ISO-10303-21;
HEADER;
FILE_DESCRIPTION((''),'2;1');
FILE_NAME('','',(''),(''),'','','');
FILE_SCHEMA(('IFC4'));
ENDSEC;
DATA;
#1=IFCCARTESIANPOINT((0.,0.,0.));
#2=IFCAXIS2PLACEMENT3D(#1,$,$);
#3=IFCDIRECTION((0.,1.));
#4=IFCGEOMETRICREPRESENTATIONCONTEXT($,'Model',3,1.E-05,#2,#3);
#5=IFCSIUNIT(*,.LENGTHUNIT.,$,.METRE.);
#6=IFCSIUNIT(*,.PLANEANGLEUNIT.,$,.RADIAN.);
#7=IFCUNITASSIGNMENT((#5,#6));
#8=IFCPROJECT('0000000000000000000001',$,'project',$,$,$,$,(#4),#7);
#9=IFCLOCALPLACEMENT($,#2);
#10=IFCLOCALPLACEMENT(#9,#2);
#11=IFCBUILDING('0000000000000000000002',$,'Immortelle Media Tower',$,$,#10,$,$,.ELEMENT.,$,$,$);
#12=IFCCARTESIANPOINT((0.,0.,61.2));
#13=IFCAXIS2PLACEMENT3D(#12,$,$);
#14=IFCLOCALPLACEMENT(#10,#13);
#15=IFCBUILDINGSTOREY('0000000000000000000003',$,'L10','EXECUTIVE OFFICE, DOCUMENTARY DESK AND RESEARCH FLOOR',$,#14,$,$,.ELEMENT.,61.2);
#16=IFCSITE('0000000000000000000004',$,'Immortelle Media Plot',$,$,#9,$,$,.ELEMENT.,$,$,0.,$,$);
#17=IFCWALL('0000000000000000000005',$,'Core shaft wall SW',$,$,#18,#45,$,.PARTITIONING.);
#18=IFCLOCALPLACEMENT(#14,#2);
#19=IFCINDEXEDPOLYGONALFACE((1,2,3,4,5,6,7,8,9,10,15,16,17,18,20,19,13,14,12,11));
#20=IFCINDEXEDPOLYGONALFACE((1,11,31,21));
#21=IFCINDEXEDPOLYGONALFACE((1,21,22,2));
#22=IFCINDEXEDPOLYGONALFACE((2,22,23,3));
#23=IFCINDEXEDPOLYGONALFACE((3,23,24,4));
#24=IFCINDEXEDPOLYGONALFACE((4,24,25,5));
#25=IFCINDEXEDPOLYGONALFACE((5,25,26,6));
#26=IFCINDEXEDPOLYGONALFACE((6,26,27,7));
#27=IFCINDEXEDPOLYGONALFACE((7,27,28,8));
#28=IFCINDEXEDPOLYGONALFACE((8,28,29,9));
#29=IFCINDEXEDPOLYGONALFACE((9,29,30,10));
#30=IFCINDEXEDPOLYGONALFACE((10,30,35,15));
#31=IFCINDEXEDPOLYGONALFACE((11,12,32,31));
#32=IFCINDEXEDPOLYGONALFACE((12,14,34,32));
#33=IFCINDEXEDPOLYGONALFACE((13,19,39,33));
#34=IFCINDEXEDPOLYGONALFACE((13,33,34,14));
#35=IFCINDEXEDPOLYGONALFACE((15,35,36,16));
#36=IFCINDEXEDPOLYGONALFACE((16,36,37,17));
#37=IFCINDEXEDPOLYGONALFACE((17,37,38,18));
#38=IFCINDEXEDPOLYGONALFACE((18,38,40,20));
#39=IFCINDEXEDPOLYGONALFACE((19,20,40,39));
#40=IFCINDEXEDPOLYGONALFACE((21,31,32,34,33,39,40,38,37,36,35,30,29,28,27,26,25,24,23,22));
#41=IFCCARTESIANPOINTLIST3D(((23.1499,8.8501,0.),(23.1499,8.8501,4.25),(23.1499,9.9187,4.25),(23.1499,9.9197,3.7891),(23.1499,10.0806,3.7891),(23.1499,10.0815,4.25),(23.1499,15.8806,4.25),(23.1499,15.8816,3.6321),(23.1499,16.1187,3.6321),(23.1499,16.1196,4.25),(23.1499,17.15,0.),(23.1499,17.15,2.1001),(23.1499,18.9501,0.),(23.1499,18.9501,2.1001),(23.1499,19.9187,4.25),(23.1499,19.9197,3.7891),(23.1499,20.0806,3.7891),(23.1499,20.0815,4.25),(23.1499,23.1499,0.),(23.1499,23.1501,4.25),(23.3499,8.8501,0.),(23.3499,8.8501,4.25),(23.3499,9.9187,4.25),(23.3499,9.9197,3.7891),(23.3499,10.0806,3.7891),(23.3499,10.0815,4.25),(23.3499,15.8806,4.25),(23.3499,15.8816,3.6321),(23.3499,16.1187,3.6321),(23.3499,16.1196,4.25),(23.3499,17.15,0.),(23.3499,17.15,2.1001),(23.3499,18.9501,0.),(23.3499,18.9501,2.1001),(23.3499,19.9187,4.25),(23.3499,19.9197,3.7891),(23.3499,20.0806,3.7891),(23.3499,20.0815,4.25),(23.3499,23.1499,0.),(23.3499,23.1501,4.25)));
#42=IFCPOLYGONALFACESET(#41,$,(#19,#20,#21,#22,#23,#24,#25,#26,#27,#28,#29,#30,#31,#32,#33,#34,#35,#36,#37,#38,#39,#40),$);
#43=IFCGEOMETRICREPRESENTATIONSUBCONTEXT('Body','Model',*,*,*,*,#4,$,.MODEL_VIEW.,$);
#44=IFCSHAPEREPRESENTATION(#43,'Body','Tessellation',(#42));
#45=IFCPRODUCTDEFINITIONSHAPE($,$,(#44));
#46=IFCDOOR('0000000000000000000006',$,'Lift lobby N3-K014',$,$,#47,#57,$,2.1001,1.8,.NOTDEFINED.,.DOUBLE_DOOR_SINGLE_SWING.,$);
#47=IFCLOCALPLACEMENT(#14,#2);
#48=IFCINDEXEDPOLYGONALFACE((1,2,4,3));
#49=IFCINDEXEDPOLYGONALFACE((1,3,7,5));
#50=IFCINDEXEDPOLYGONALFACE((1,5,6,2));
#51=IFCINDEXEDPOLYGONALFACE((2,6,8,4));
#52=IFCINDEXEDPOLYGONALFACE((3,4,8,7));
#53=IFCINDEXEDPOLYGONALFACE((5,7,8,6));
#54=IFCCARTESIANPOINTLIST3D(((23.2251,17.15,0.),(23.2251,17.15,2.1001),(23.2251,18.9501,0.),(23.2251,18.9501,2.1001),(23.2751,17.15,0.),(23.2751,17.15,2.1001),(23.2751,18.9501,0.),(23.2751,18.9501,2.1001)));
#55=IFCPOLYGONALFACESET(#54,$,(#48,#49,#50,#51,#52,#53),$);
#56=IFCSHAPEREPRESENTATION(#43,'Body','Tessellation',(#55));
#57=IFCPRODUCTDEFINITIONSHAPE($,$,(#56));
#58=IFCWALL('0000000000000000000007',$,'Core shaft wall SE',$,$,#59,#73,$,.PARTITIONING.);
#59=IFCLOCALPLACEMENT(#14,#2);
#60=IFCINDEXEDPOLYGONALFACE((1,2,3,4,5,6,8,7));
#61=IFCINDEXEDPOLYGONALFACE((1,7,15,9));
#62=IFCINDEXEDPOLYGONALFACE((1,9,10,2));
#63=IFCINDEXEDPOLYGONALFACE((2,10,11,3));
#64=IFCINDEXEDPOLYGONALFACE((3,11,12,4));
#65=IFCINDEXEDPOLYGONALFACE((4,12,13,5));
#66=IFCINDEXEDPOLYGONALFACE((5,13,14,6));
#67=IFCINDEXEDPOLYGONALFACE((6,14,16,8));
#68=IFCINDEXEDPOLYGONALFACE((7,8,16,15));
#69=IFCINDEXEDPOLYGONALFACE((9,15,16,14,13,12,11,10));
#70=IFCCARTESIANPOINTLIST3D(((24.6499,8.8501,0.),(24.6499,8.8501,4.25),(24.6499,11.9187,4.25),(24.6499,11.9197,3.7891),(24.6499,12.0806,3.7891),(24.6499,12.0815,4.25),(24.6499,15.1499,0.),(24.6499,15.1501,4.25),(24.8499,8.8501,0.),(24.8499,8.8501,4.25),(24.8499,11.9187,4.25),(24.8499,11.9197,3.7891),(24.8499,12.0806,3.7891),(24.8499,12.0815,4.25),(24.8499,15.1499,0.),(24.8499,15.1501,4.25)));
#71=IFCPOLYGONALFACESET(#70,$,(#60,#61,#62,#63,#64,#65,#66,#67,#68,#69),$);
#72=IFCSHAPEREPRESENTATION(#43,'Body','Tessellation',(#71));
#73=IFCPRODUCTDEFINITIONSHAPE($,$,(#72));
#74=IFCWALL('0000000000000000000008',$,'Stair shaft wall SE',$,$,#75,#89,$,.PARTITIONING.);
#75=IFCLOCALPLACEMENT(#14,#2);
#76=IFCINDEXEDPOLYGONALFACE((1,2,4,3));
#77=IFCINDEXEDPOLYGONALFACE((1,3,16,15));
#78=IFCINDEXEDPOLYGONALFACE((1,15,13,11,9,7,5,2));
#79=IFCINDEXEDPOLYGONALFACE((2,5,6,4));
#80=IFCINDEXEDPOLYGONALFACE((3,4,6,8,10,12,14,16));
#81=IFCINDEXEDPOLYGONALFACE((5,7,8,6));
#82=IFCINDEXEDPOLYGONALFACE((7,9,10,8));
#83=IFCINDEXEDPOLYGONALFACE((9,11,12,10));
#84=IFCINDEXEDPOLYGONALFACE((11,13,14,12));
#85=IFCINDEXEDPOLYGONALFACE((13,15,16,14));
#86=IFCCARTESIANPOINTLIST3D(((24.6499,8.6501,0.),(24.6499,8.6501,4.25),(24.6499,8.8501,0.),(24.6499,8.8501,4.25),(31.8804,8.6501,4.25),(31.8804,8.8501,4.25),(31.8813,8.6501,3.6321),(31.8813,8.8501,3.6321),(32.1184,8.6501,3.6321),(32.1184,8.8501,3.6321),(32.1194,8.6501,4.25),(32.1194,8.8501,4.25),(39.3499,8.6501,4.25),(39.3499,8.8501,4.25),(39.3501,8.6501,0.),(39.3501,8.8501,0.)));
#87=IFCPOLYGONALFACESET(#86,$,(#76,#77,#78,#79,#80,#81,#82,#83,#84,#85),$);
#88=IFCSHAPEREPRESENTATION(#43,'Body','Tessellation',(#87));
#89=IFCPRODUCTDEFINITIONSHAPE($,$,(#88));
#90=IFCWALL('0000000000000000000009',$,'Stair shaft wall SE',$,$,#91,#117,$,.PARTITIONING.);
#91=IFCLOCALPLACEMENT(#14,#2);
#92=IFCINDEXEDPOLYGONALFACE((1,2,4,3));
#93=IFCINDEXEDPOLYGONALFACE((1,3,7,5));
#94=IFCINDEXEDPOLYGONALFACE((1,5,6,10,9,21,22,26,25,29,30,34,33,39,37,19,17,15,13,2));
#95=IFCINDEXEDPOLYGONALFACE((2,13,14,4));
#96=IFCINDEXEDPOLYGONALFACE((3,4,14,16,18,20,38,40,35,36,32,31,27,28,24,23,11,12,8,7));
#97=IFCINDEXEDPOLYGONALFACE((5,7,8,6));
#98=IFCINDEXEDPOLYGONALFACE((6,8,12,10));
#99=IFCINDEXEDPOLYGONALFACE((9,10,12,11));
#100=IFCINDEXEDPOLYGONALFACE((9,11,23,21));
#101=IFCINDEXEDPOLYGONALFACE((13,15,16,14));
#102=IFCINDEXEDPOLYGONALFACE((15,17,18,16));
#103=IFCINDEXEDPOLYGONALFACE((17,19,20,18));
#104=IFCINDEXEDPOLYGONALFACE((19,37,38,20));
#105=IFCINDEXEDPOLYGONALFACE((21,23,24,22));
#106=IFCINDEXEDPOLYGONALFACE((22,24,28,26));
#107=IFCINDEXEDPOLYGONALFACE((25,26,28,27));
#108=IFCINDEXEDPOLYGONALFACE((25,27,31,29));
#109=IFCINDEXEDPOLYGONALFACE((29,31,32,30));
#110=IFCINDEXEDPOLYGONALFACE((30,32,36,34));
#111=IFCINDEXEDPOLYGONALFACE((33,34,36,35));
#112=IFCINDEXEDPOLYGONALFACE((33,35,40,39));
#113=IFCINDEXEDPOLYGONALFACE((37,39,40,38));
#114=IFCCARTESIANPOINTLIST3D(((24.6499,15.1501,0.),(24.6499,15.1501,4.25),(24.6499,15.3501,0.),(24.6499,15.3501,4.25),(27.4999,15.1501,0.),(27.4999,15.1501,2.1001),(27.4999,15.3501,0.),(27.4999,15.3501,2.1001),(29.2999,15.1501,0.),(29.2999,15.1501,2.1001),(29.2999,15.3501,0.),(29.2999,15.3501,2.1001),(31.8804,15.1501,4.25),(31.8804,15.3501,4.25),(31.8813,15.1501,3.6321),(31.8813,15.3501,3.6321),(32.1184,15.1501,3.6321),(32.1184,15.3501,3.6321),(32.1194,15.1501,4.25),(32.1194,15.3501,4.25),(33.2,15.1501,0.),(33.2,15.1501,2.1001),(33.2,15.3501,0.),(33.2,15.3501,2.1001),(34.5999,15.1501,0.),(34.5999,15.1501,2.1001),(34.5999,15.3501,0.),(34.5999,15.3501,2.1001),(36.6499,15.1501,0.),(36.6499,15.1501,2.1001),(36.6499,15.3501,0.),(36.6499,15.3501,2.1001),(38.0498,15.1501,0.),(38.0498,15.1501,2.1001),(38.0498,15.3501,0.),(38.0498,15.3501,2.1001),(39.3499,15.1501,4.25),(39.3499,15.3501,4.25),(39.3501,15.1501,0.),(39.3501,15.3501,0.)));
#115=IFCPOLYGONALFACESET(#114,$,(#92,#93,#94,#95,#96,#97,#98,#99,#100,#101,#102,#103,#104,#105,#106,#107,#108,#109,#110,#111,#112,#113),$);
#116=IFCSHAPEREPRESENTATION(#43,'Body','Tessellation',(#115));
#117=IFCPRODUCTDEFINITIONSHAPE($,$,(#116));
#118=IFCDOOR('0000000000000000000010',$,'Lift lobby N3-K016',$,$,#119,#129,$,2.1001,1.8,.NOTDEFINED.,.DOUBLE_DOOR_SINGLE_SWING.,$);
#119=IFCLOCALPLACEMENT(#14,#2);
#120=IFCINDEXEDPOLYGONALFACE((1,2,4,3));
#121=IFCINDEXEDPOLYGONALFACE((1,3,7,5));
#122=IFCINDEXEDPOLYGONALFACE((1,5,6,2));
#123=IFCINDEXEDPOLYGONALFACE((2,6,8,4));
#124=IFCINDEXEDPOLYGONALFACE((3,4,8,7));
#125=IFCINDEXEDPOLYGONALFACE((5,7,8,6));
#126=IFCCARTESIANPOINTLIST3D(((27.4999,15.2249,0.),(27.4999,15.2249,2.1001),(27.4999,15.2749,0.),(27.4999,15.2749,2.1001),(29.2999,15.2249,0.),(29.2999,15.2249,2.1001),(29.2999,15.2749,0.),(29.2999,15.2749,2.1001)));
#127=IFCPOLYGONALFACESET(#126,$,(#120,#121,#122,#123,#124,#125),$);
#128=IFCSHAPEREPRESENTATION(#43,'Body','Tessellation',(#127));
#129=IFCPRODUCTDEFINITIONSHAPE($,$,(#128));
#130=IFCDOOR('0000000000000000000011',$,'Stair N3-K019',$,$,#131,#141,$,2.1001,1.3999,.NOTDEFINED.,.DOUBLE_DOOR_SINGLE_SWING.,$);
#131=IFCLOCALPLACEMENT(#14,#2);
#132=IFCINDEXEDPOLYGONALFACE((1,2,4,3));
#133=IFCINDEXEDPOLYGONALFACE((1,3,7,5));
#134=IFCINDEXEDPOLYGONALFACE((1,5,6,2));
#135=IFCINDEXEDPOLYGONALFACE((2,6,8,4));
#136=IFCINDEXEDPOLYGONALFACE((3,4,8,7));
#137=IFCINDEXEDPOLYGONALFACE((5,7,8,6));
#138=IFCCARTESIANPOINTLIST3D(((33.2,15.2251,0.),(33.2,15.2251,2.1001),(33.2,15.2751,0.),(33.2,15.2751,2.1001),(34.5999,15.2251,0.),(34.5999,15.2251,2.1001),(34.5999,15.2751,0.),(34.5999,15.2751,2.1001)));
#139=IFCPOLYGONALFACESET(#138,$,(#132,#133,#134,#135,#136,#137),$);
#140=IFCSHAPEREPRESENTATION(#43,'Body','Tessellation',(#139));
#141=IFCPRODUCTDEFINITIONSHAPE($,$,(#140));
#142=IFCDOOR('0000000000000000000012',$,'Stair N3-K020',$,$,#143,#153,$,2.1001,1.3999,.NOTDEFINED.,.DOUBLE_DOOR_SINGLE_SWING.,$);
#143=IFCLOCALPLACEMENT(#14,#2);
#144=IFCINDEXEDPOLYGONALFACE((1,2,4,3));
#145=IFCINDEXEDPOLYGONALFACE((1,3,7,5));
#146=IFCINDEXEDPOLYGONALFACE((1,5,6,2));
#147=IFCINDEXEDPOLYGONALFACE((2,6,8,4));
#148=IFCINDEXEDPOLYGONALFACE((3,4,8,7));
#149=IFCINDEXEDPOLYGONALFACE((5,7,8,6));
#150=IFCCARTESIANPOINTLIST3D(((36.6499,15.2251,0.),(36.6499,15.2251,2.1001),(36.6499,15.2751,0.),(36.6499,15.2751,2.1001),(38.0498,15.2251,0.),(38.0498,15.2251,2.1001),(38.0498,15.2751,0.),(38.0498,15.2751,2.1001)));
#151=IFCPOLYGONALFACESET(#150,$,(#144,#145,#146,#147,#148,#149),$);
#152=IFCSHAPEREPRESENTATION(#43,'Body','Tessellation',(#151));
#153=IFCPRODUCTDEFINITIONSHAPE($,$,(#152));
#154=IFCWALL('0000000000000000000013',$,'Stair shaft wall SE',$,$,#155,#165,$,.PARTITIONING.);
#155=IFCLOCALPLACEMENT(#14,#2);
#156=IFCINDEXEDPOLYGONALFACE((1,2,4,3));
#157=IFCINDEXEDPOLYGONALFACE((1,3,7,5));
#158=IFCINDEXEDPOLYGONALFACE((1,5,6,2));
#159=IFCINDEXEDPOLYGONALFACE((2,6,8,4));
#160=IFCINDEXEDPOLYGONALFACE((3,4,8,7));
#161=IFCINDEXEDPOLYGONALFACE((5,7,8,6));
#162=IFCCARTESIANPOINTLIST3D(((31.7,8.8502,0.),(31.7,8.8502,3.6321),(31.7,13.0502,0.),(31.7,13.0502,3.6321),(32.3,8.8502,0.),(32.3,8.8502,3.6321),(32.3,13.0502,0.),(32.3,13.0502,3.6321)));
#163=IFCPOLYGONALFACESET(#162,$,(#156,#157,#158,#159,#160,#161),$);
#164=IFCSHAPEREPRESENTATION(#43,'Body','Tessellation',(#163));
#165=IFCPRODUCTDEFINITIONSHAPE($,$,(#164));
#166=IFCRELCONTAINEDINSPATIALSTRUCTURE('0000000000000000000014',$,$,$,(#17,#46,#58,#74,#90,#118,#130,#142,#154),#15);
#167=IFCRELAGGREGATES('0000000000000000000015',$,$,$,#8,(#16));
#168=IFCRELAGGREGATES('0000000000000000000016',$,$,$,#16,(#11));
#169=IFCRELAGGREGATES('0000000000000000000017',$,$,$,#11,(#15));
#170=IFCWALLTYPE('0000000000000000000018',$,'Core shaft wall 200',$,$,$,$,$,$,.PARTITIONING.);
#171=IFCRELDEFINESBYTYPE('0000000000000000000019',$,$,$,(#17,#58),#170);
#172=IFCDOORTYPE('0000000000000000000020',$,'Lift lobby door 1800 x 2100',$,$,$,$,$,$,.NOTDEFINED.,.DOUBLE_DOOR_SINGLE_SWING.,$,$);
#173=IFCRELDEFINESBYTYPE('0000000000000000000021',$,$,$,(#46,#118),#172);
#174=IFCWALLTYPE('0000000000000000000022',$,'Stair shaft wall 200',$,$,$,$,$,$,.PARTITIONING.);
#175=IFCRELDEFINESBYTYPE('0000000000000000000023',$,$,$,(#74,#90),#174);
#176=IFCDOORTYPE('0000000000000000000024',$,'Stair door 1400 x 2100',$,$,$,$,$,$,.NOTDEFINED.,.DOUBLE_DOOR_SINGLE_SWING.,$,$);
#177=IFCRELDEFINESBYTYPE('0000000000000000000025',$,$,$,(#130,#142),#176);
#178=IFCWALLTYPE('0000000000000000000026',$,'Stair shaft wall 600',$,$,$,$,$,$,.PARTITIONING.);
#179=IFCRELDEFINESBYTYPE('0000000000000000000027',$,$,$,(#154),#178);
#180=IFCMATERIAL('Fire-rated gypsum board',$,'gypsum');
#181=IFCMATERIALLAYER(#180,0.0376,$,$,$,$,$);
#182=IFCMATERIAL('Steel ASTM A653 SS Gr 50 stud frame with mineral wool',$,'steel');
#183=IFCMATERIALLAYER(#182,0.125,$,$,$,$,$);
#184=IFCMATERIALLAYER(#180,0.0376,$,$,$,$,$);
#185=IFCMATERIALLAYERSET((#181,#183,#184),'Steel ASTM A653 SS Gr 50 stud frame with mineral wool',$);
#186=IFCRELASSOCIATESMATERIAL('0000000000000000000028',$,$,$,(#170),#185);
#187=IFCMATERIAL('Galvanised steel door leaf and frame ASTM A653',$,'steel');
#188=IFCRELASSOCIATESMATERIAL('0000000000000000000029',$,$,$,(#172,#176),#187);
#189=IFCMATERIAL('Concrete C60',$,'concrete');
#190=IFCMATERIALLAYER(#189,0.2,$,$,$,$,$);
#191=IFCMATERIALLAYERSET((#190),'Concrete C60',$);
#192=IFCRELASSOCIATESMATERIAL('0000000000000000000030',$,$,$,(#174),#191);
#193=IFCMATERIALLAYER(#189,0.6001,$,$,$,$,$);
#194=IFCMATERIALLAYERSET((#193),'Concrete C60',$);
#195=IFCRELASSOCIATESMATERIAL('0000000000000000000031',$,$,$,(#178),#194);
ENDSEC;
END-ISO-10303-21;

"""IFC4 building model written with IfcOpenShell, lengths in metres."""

from ifc_helpers import new_model, si_unit, direction, frame, frame_2d, origin, place, context, subcontext, project, spatial, polyline, rectangle, outline, extrude, material, layer, layer_set, type_object, element, fill, save


model = new_model("IFC4")

# Units and contexts
model_context = context("Model", 3, precision=1e-05, world=origin(), true_north=direction((0.0, 1.0)))
body_context = subcontext(model_context, "Body", "Model", "MODEL_VIEW")
ifc_project = project(units=[si_unit("LENGTHUNIT", "METRE"), si_unit("PLANEANGLEUNIT", "RADIAN")], contexts=[model_context])

# Site, building, storey
site_placement = place(None, origin())
site = spatial("IfcSite", under=ifc_project, at=site_placement, Name="Immortelle Media Plot", CompositionType="ELEMENT", RefElevation=0.0)
building_placement = place(site_placement, origin())
building = spatial("IfcBuilding", under=site, at=building_placement, Name="Immortelle Media Tower", CompositionType="ELEMENT")
storey_placement = place(building_placement, frame((0.0, 0.0, 61.2)))
storey = spatial("IfcBuildingStorey", under=building, at=storey_placement, Name="L10", Description="EXECUTIVE OFFICE, DOCUMENTARY DESK AND RESEARCH FLOOR", CompositionType="ELEMENT", Elevation=61.2)

# Shared definitions
ifc_material_1 = material(Name="Fire-rated gypsum board", Category="gypsum")
ifc_material_2 = material(Name="Steel ASTM A653 SS Gr 50 stud frame with mineral wool", Category="steel")
ifc_material_3 = material(Name="Galvanised steel door leaf and frame ASTM A653", Category="steel")

# Shared definitions
ifc_layer_1 = layer(ifc_material_1, 0.0376)
ifc_layer_2 = layer(ifc_material_2, 0.125)
ifc_layer_3 = layer(ifc_material_1, 0.0376)
ifc_layer_set_1 = layer_set([ifc_layer_1, ifc_layer_2, ifc_layer_3], Name="Steel ASTM A653 SS Gr 50 stud frame with mineral wool")
wall_type_1 = type_object("IfcWallType", Name="Core shaft wall 200", PredefinedType="PARTITIONING", material=ifc_layer_set_1)

# Wall, opening, door
wall_1_placement = place(storey_placement, frame((23.25, 8.8501, 0.0), z_axis=(0.0, 0.0, 1.0), x_axis=(0.0, 1.0, 0.0)))
wall_1 = element("IfcWall", 1, at=wall_1_placement, inside=storey, type_object=wall_type_1, Name="Core shaft wall SW", PredefinedType="PARTITIONING", context=body_context, shape_type="SweptSolid", body=[
    extrude(outline(polyline([(0.0, 0.0), (14.2998, 0.0), (14.3, 4.25), (11.2314, 4.25), (11.2305, 3.7891), (11.0696, 3.7891), (11.0686, 4.25), (7.2695, 4.25), (7.2686, 3.6321), (7.0315, 3.6321), (7.0305, 4.25), (1.2314, 4.25), (1.2305, 3.7891), (1.0696, 3.7891), (1.0686, 4.25), (0.0, 4.25), (0.0, 0.0)])), frame((0.0, 0.1001, 0.0), z_axis=(0.0, -1.0, 0.0), x_axis=(1.0, 0.0, 0.0)), (0.0, 0.0, 1.0), 0.2),
])
opening_1_placement = place(wall_1_placement, frame((8.3, 0.0, 0.0)))
opening_1 = element("IfcOpeningElement", 2, at=opening_1_placement, cuts=wall_1, PredefinedType="OPENING", context=body_context, shape_type="SweptSolid", body=[
    extrude(rectangle(XDim=1.8, YDim=2.1001, at=frame_2d((0.8999, 1.05))), frame((0.0, 0.1099, 0.0), z_axis=(0.0, -1.0, 0.0), x_axis=(1.0, 0.0, 0.0)), (0.0, 0.0, 1.0), 0.22),
])
door_type_1 = type_object("IfcDoorType", Name="Lift lobby door 1800 x 2100", OperationType="DOUBLE_DOOR_SINGLE_SWING", PredefinedType="NOTDEFINED", material=ifc_material_3)
door_1_placement = place(opening_1_placement, origin())
door_1 = element("IfcDoor", 3, at=door_1_placement, inside=storey, type_object=door_type_1, Name="Lift lobby N3-K014", OperationType="DOUBLE_DOOR_SINGLE_SWING", OverallHeight=2.1001, OverallWidth=1.8, PredefinedType="NOTDEFINED", context=body_context, shape_type="SweptSolid", body=[
    extrude(rectangle(XDim=1.8, YDim=2.1001, at=frame_2d((0.8999, 1.05))), frame((0.0, 0.0249, 0.0), z_axis=(0.0, -1.0, 0.0), x_axis=(1.0, 0.0, 0.0)), (0.0, 0.0, 1.0), 0.05),
])
fill(opening_1, door_1)

# Walls
wall_2_placement = place(storey_placement, frame((24.75, 8.8501, 0.0), z_axis=(0.0, 0.0, 1.0), x_axis=(0.0, 1.0, 0.0)))
element("IfcWall", 4, at=wall_2_placement, inside=storey, type_object=wall_type_1, Name="Core shaft wall SE", PredefinedType="PARTITIONING", context=body_context, shape_type="SweptSolid", body=[
    extrude(outline(polyline([(0.0, 0.0), (6.2998, 0.0), (6.3, 4.25), (3.2314, 4.25), (3.2305, 3.7891), (3.0696, 3.7891), (3.0686, 4.25), (0.0, 4.25), (0.0, 0.0)])), frame((0.0, 0.1001, 0.0), z_axis=(0.0, -1.0, 0.0), x_axis=(1.0, 0.0, 0.0)), (0.0, 0.0, 1.0), 0.2),
])
ifc_material_4 = material(Name="Concrete C60", Category="concrete")
ifc_layer_4 = layer(ifc_material_4, 0.2)
ifc_layer_set_2 = layer_set([ifc_layer_4], Name="Concrete C60")
wall_type_2 = type_object("IfcWallType", Name="Stair shaft wall 200", PredefinedType="PARTITIONING", material=ifc_layer_set_2)
wall_3_placement = place(storey_placement, frame((24.6499, 8.75, 0.0), z_axis=(0.0, 0.0, 1.0), x_axis=(1.0, 0.0, 0.0)))
element("IfcWall", 5, at=wall_3_placement, inside=storey, type_object=wall_type_2, Name="Stair shaft wall SE", PredefinedType="PARTITIONING", context=body_context, shape_type="SweptSolid", body=[
    extrude(outline(polyline([(0.0, 0.0), (14.7002, 0.0), (14.7, 4.25), (7.4695, 4.25), (7.4685, 3.6321), (7.2314, 3.6321), (7.2305, 4.25), (0.0, 4.25), (0.0, 0.0)])), frame((0.0, 0.1001, 0.0), z_axis=(0.0, -1.0, 0.0), x_axis=(1.0, 0.0, 0.0)), (0.0, 0.0, 1.0), 0.2),
])

# Wall, openings, doors
wall_4_placement = place(storey_placement, frame((24.6499, 15.25, 0.0), z_axis=(0.0, 0.0, 1.0), x_axis=(1.0, 0.0, 0.0)))
wall_4 = element("IfcWall", 6, at=wall_4_placement, inside=storey, type_object=wall_type_2, Name="Stair shaft wall SE", PredefinedType="PARTITIONING", context=body_context, shape_type="SweptSolid", body=[
    extrude(outline(polyline([(0.0, 0.0), (14.7002, 0.0), (14.7, 4.25), (7.4695, 4.25), (7.4685, 3.6321), (7.2314, 3.6321), (7.2305, 4.25), (0.0, 4.25), (0.0, 0.0)])), frame((0.0, 0.1001, 0.0), z_axis=(0.0, -1.0, 0.0), x_axis=(1.0, 0.0, 0.0)), (0.0, 0.0, 1.0), 0.2),
])
opening_2_placement = place(wall_4_placement, frame((2.8501, 0.0, 0.0)))
opening_2 = element("IfcOpeningElement", 7, at=opening_2_placement, cuts=wall_4, PredefinedType="OPENING", context=body_context, shape_type="SweptSolid", body=[
    extrude(rectangle(XDim=1.8, YDim=2.1001, at=frame_2d((0.8999, 1.05))), frame((0.0, 0.1099, 0.0), z_axis=(0.0, -1.0, 0.0), x_axis=(1.0, 0.0, 0.0)), (0.0, 0.0, 1.0), 0.22),
])
opening_3_placement = place(wall_4_placement, frame((9.95, 0.0, 0.0), z_axis=(0.0, 0.0, 1.0), x_axis=(-1.0, 0.0, 0.0)))
opening_3 = element("IfcOpeningElement", 8, at=opening_3_placement, cuts=wall_4, PredefinedType="OPENING", context=body_context, shape_type="SweptSolid", body=[
    extrude(rectangle(XDim=1.3999, YDim=2.1001, at=frame_2d((0.7, 1.05))), frame((0.0, 0.1099, 0.0), z_axis=(0.0, -1.0, 0.0), x_axis=(1.0, 0.0, 0.0)), (0.0, 0.0, 1.0), 0.22),
])
opening_4_placement = place(wall_4_placement, frame((13.3999, 0.0, 0.0), z_axis=(0.0, 0.0, 1.0), x_axis=(-1.0, 0.0, 0.0)))
opening_4 = element("IfcOpeningElement", 9, at=opening_4_placement, cuts=wall_4, PredefinedType="OPENING", context=body_context, shape_type="SweptSolid", body=[
    extrude(rectangle(XDim=1.3999, YDim=2.1001, at=frame_2d((0.7, 1.05))), frame((0.0, 0.1099, 0.0), z_axis=(0.0, -1.0, 0.0), x_axis=(1.0, 0.0, 0.0)), (0.0, 0.0, 1.0), 0.22),
])
door_2_placement = place(opening_2_placement, origin())
door_2 = element("IfcDoor", 10, at=door_2_placement, inside=storey, type_object=door_type_1, Name="Lift lobby N3-K016", OperationType="DOUBLE_DOOR_SINGLE_SWING", OverallHeight=2.1001, OverallWidth=1.8, PredefinedType="NOTDEFINED", context=body_context, shape_type="SweptSolid", body=[
    extrude(rectangle(XDim=1.8, YDim=2.1001, at=frame_2d((0.8999, 1.05))), frame((0.0, 0.0249, 0.0), z_axis=(0.0, -1.0, 0.0), x_axis=(1.0, 0.0, 0.0)), (0.0, 0.0, 1.0), 0.05),
])
fill(opening_2, door_2)
door_type_2 = type_object("IfcDoorType", Name="Stair door 1400 x 2100", OperationType="DOUBLE_DOOR_SINGLE_SWING", PredefinedType="NOTDEFINED", material=ifc_material_3)
door_3_placement = place(opening_3_placement, origin())
door_3 = element("IfcDoor", 11, at=door_3_placement, inside=storey, type_object=door_type_2, Name="Stair N3-K019", OperationType="DOUBLE_DOOR_SINGLE_SWING", OverallHeight=2.1001, OverallWidth=1.3999, PredefinedType="NOTDEFINED", context=body_context, shape_type="SweptSolid", body=[
    extrude(rectangle(XDim=1.3999, YDim=2.1001, at=frame_2d((0.7, 1.05))), frame((0.0, 0.0249, 0.0), z_axis=(0.0, -1.0, 0.0), x_axis=(1.0, 0.0, 0.0)), (0.0, 0.0, 1.0), 0.05),
])
fill(opening_3, door_3)
door_4_placement = place(opening_4_placement, origin())
door_4 = element("IfcDoor", 12, at=door_4_placement, inside=storey, type_object=door_type_2, Name="Stair N3-K020", OperationType="DOUBLE_DOOR_SINGLE_SWING", OverallHeight=2.1001, OverallWidth=1.3999, PredefinedType="NOTDEFINED", context=body_context, shape_type="SweptSolid", body=[
    extrude(rectangle(XDim=1.3999, YDim=2.1001, at=frame_2d((0.7, 1.05))), frame((0.0, 0.0249, 0.0), z_axis=(0.0, -1.0, 0.0), x_axis=(1.0, 0.0, 0.0)), (0.0, 0.0, 1.0), 0.05),
])
fill(opening_4, door_4)

# Wall
ifc_layer_5 = layer(ifc_material_4, 0.6001)
ifc_layer_set_3 = layer_set([ifc_layer_5], Name="Concrete C60")
wall_type_3 = type_object("IfcWallType", Name="Stair shaft wall 600", PredefinedType="PARTITIONING", material=ifc_layer_set_3)
wall_5_placement = place(storey_placement, frame((32.0, 8.8501, 0.0), z_axis=(0.0, 0.0, 1.0), x_axis=(0.0, 1.0, 0.0)))
element("IfcWall", 13, at=wall_5_placement, inside=storey, type_object=wall_type_3, Name="Stair shaft wall SE", PredefinedType="PARTITIONING", context=body_context, shape_type="SweptSolid", body=[
    extrude(rectangle(XDim=4.2, YDim=0.6001, at=frame_2d((2.1001, 0.0))), origin(), (0.0, 0.0, 1.0), 3.6321),
])

save(model, "model.ifc")
